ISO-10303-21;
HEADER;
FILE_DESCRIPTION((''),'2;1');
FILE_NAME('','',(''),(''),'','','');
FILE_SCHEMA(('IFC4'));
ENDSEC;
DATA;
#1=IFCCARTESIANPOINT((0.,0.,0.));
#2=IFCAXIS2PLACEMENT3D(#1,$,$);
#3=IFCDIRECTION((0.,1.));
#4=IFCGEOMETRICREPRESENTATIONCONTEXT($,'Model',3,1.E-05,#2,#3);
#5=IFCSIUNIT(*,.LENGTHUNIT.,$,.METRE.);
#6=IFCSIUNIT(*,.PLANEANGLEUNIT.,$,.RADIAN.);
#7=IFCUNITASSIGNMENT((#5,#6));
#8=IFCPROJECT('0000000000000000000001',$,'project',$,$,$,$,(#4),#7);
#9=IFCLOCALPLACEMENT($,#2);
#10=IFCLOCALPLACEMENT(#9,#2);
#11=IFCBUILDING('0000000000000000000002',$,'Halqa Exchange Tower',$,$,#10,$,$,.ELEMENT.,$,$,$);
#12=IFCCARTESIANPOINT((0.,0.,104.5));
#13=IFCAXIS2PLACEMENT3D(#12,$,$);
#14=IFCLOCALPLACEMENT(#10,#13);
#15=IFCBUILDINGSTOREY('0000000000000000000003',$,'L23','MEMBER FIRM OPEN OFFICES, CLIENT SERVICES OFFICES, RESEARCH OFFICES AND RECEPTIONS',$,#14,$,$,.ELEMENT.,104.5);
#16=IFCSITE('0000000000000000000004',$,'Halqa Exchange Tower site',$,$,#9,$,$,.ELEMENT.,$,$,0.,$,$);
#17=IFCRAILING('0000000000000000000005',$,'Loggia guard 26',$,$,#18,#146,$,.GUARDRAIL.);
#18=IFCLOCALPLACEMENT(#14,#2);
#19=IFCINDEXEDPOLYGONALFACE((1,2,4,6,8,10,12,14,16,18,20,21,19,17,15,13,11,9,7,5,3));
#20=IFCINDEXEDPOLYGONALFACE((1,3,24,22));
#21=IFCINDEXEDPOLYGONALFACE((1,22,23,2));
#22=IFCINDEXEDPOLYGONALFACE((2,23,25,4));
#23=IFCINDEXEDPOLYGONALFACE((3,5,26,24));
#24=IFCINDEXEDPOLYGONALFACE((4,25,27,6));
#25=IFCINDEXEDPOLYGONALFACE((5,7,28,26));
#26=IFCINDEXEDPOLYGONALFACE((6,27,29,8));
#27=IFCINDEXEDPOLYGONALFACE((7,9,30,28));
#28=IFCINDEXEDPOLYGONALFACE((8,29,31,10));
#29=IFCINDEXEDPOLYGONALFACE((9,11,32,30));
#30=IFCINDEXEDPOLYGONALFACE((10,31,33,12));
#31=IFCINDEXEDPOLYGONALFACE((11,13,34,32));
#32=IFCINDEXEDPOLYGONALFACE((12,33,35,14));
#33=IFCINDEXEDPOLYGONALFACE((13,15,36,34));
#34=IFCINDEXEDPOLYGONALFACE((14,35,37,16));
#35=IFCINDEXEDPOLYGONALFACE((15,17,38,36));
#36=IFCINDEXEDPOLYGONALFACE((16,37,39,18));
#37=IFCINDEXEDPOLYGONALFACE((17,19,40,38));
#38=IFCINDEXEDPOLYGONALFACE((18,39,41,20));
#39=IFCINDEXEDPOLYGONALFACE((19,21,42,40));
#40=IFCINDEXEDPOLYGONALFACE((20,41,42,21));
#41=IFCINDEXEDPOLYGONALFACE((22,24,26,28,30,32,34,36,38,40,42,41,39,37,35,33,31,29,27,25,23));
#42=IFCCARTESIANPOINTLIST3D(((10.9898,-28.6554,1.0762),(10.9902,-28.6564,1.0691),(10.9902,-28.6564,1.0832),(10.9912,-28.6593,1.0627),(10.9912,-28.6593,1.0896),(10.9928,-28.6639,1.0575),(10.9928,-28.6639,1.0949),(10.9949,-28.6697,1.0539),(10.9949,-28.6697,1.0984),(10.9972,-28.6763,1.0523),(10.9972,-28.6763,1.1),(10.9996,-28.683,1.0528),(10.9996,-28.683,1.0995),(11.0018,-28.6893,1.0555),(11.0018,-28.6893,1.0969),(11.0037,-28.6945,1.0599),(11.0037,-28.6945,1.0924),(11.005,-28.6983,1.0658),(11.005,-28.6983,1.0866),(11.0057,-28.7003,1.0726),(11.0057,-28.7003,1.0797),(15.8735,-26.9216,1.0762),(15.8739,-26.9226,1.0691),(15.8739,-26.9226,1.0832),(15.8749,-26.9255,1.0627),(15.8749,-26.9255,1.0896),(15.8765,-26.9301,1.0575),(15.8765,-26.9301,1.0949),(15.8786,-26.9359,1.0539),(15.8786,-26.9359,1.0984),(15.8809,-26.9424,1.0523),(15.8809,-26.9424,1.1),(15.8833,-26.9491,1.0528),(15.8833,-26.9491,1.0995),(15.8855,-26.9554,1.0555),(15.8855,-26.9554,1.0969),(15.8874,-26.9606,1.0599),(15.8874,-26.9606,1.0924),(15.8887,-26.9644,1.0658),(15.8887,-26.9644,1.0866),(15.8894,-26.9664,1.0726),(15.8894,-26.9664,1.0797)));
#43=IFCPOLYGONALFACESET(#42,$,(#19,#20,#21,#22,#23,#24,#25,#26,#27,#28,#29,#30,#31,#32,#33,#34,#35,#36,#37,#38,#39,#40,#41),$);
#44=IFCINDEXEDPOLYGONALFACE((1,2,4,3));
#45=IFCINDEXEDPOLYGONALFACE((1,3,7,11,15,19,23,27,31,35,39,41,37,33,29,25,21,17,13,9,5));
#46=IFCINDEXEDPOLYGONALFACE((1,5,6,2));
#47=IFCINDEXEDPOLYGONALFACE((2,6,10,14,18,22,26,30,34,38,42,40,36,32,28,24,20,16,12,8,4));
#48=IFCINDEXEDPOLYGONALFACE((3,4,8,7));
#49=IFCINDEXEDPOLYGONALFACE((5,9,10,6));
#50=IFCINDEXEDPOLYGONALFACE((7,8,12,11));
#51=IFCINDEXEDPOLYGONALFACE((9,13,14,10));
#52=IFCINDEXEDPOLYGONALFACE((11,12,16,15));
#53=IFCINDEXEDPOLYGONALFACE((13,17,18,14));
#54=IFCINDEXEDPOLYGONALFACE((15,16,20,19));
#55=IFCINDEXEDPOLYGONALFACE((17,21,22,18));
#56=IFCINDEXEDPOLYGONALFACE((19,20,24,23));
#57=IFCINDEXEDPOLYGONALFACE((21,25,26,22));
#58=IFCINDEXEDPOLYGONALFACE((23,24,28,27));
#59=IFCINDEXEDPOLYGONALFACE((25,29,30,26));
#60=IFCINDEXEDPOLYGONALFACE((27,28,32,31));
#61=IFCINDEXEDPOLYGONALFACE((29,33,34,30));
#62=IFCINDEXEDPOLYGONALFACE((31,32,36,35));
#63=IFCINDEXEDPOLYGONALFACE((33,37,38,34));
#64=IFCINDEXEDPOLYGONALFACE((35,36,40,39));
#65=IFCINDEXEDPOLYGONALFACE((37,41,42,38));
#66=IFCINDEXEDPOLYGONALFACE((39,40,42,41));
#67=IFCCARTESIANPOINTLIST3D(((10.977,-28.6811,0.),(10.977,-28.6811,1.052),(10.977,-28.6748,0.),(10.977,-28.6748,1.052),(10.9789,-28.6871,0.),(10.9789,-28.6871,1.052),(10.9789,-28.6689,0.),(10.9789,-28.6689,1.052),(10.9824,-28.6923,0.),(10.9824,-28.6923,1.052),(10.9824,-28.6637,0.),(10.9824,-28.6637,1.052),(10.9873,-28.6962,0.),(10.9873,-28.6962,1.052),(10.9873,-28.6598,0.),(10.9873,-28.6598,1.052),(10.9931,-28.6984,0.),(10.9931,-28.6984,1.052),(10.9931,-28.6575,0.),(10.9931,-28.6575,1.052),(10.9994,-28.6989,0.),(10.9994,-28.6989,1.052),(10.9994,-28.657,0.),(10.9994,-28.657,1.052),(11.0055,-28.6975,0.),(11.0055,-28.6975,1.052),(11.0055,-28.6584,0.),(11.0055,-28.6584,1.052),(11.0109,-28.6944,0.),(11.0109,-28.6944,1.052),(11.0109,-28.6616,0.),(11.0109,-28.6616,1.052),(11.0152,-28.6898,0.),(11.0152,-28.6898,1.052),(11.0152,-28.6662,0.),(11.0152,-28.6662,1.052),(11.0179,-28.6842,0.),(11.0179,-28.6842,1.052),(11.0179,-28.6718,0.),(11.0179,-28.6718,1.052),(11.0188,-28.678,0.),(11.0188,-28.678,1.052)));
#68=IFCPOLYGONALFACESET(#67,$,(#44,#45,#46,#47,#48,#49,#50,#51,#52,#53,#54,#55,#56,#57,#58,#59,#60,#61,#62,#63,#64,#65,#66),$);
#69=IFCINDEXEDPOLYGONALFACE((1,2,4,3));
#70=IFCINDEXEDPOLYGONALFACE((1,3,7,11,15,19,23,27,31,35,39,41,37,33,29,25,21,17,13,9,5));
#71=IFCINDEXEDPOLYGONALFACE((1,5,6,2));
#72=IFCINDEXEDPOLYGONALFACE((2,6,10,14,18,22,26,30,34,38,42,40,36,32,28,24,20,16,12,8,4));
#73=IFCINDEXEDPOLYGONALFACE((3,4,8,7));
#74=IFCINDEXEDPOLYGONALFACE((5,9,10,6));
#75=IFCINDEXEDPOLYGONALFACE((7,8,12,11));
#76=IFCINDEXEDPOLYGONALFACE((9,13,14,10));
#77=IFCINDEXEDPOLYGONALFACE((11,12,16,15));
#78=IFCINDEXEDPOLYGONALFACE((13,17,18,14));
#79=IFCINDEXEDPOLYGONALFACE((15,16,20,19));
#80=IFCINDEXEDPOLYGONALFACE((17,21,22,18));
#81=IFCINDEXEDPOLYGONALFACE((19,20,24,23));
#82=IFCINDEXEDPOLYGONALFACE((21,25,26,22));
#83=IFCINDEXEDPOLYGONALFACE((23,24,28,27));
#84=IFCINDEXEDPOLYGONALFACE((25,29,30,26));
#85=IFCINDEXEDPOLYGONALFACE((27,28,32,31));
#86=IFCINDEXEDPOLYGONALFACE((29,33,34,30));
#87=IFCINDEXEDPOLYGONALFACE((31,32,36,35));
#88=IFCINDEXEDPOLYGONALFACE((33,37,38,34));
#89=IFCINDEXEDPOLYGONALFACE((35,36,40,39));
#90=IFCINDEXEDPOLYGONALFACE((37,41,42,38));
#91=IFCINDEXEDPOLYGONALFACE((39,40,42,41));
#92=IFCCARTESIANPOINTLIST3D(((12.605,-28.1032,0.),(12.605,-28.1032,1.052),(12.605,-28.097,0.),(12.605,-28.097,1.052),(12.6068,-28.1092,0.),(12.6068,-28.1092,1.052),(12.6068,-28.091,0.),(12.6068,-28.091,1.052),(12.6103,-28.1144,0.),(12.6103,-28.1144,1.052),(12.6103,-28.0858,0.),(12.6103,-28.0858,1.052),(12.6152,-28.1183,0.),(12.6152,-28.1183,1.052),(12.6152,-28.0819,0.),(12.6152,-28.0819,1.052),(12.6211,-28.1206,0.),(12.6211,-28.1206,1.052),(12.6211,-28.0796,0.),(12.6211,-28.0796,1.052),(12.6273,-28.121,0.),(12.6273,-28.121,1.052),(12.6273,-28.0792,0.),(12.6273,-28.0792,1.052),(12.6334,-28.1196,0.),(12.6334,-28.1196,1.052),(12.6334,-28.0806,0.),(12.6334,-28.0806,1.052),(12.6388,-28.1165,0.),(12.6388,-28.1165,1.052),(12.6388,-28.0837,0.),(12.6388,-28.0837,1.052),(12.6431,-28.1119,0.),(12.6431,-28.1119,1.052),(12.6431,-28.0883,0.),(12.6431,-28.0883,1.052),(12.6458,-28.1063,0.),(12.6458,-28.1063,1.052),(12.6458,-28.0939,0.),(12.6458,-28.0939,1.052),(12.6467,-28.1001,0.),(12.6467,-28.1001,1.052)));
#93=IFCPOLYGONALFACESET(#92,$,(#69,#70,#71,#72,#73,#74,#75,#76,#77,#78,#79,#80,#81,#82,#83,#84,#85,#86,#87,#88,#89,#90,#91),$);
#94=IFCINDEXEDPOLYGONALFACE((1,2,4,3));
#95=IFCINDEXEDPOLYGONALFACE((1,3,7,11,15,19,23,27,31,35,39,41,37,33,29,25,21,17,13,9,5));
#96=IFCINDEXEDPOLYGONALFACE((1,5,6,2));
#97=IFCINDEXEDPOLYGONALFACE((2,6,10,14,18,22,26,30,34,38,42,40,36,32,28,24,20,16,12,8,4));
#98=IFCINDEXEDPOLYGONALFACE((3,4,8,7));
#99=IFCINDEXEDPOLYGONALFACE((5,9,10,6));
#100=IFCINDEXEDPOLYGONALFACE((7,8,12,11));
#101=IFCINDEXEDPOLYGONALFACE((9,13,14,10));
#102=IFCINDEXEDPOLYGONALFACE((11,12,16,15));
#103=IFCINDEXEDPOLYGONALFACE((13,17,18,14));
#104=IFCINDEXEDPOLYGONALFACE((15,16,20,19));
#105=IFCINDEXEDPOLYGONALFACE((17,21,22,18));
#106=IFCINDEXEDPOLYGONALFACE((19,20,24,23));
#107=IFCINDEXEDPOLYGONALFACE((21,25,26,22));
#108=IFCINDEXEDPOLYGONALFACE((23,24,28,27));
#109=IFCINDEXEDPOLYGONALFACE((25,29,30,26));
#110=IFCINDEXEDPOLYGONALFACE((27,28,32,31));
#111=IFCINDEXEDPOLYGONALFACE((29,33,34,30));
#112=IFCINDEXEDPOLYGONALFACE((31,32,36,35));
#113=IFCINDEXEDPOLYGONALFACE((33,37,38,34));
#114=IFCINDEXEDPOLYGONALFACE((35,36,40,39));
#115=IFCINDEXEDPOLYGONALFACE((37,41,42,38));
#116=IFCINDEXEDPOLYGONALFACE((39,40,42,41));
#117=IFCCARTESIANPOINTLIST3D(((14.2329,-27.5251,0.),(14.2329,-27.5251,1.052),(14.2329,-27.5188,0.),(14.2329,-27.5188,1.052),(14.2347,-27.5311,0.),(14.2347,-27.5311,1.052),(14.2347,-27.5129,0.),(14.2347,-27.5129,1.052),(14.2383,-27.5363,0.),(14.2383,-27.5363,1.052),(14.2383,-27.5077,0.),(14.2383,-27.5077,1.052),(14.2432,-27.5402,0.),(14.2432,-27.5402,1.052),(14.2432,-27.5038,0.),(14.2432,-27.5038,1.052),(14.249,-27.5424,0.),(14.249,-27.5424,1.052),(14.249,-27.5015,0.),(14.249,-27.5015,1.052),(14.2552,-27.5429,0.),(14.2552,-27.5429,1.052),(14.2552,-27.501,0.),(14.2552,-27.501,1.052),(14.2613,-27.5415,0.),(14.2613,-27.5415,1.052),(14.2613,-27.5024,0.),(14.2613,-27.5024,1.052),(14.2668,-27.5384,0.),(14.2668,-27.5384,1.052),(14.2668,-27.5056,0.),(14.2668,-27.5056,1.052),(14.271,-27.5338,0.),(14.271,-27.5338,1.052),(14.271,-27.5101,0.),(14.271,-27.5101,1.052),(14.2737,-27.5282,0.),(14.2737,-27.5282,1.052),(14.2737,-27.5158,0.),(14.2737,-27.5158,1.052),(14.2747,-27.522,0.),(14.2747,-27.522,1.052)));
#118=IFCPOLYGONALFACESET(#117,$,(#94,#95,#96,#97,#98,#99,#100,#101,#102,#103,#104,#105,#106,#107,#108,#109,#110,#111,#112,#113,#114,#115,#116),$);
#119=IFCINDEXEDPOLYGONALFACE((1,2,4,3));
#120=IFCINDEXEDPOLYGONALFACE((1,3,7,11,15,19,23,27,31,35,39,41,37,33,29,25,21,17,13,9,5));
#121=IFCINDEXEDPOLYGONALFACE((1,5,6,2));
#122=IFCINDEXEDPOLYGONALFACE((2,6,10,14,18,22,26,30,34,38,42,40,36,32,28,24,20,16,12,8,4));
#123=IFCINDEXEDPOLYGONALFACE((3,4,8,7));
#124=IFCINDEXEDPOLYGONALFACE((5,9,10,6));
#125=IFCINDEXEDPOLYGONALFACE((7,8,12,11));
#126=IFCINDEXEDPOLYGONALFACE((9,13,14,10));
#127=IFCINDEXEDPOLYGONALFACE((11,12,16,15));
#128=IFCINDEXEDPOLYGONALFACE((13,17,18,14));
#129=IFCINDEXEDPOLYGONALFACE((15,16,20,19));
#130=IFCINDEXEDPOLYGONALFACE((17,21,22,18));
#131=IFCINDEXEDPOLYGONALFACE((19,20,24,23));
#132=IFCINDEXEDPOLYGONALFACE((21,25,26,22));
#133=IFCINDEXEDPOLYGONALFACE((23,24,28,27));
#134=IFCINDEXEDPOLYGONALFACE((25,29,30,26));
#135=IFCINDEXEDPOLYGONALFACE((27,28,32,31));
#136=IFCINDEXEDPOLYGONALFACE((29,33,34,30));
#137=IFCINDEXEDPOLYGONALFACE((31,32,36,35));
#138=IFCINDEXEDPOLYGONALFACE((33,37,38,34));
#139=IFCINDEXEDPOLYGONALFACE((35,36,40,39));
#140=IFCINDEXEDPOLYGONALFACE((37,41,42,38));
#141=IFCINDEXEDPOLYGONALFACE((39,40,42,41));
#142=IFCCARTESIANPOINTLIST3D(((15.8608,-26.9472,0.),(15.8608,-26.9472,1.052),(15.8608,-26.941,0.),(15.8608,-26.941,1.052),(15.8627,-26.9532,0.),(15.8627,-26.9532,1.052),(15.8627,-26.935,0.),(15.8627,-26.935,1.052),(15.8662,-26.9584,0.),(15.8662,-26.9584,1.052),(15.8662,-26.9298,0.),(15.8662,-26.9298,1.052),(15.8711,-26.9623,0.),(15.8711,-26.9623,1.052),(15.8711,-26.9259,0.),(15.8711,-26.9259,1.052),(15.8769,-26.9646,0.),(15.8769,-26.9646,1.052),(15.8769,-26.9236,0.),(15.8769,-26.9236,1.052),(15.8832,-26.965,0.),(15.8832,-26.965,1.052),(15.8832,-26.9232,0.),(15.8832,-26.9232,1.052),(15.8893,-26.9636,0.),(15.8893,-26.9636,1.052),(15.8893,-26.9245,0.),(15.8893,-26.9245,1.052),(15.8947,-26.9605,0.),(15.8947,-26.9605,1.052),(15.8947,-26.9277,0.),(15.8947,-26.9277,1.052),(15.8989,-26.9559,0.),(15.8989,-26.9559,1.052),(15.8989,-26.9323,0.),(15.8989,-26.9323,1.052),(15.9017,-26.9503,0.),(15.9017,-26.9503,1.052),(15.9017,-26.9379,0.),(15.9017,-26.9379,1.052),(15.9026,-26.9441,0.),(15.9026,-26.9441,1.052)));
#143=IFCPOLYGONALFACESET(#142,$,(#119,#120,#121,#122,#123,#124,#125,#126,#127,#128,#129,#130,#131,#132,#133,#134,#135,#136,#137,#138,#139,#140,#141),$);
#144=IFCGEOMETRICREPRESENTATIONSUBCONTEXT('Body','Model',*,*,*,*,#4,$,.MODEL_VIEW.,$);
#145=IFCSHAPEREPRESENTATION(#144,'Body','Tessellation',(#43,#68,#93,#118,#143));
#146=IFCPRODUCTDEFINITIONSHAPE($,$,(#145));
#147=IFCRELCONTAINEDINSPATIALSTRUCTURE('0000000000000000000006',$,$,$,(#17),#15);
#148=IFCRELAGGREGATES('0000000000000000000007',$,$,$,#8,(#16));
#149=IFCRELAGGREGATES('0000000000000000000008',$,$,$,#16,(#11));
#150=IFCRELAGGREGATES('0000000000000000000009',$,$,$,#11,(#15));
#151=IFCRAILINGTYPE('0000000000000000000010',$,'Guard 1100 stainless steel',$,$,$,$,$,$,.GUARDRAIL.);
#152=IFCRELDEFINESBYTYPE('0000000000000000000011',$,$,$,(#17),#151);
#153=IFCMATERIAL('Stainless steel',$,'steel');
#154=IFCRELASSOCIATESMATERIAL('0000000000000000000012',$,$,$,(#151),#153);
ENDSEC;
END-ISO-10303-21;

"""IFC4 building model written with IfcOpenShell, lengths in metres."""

from ifc_helpers import new_model, si_unit, direction, frame, origin, origin_2d, place, context, subcontext, project, spatial, circle, extrude, material, type_object, element, save


model = new_model("IFC4")

# Units and contexts
model_context = context("Model", 3, precision=1e-05, world=origin(), true_north=direction((0.0, 1.0)))
body_context = subcontext(model_context, "Body", "Model", "MODEL_VIEW")
ifc_project = project(units=[si_unit("LENGTHUNIT", "METRE"), si_unit("PLANEANGLEUNIT", "RADIAN")], contexts=[model_context])

# Site, building, storey
site_placement = place(None, origin())
site = spatial("IfcSite", under=ifc_project, at=site_placement, Name="Halqa Exchange Tower site", CompositionType="ELEMENT", RefElevation=0.0)
building_placement = place(site_placement, origin())
building = spatial("IfcBuilding", under=site, at=building_placement, Name="Halqa Exchange Tower", CompositionType="ELEMENT")
storey_placement = place(building_placement, frame((0.0, 0.0, 104.5)))
storey = spatial("IfcBuildingStorey", under=building, at=storey_placement, Name="L23", Description="MEMBER FIRM OPEN OFFICES, CLIENT SERVICES OFFICES, RESEARCH OFFICES AND RECEPTIONS", CompositionType="ELEMENT", Elevation=104.5)

# Railing
ifc_material_1 = material(Name="Stainless steel", Category="steel")
railing_type = type_object("IfcRailingType", Name="Guard 1100 stainless steel", PredefinedType="GUARDRAIL", material=ifc_material_1)
railing_1_placement = place(storey_placement, frame((10.9978, -28.678, 0.0)))
element("IfcRailing", 1, at=railing_1_placement, inside=storey, type_object=railing_type, Name="Loggia guard 26", PredefinedType="GUARDRAIL", context=body_context, shape_type="SweptSolid", body=[
    extrude(circle(Radius=0.0239, at=origin_2d()), frame((0.0, 0.0, 1.0762), z_axis=(0.942371, 0.334569, 0.0), x_axis=(-0.334569, 0.942371, 0.0)), (0.0, 0.0, 1.0), 5.1824),
    extrude(circle(Radius=0.021, at=origin_2d()), origin(), (0.0, 0.0, 1.0), 1.052),
    extrude(circle(Radius=0.021, at=origin_2d()), frame((1.6279, 0.5779, 0.0)), (0.0, 0.0, 1.0), 1.052),
    extrude(circle(Radius=0.021, at=origin_2d()), frame((3.2559, 1.156, 0.0)), (0.0, 0.0, 1.0), 1.052),
    extrude(circle(Radius=0.021, at=origin_2d()), frame((4.8838, 1.7339, 0.0)), (0.0, 0.0, 1.0), 1.052),
])

save(model, "model.ifc")
